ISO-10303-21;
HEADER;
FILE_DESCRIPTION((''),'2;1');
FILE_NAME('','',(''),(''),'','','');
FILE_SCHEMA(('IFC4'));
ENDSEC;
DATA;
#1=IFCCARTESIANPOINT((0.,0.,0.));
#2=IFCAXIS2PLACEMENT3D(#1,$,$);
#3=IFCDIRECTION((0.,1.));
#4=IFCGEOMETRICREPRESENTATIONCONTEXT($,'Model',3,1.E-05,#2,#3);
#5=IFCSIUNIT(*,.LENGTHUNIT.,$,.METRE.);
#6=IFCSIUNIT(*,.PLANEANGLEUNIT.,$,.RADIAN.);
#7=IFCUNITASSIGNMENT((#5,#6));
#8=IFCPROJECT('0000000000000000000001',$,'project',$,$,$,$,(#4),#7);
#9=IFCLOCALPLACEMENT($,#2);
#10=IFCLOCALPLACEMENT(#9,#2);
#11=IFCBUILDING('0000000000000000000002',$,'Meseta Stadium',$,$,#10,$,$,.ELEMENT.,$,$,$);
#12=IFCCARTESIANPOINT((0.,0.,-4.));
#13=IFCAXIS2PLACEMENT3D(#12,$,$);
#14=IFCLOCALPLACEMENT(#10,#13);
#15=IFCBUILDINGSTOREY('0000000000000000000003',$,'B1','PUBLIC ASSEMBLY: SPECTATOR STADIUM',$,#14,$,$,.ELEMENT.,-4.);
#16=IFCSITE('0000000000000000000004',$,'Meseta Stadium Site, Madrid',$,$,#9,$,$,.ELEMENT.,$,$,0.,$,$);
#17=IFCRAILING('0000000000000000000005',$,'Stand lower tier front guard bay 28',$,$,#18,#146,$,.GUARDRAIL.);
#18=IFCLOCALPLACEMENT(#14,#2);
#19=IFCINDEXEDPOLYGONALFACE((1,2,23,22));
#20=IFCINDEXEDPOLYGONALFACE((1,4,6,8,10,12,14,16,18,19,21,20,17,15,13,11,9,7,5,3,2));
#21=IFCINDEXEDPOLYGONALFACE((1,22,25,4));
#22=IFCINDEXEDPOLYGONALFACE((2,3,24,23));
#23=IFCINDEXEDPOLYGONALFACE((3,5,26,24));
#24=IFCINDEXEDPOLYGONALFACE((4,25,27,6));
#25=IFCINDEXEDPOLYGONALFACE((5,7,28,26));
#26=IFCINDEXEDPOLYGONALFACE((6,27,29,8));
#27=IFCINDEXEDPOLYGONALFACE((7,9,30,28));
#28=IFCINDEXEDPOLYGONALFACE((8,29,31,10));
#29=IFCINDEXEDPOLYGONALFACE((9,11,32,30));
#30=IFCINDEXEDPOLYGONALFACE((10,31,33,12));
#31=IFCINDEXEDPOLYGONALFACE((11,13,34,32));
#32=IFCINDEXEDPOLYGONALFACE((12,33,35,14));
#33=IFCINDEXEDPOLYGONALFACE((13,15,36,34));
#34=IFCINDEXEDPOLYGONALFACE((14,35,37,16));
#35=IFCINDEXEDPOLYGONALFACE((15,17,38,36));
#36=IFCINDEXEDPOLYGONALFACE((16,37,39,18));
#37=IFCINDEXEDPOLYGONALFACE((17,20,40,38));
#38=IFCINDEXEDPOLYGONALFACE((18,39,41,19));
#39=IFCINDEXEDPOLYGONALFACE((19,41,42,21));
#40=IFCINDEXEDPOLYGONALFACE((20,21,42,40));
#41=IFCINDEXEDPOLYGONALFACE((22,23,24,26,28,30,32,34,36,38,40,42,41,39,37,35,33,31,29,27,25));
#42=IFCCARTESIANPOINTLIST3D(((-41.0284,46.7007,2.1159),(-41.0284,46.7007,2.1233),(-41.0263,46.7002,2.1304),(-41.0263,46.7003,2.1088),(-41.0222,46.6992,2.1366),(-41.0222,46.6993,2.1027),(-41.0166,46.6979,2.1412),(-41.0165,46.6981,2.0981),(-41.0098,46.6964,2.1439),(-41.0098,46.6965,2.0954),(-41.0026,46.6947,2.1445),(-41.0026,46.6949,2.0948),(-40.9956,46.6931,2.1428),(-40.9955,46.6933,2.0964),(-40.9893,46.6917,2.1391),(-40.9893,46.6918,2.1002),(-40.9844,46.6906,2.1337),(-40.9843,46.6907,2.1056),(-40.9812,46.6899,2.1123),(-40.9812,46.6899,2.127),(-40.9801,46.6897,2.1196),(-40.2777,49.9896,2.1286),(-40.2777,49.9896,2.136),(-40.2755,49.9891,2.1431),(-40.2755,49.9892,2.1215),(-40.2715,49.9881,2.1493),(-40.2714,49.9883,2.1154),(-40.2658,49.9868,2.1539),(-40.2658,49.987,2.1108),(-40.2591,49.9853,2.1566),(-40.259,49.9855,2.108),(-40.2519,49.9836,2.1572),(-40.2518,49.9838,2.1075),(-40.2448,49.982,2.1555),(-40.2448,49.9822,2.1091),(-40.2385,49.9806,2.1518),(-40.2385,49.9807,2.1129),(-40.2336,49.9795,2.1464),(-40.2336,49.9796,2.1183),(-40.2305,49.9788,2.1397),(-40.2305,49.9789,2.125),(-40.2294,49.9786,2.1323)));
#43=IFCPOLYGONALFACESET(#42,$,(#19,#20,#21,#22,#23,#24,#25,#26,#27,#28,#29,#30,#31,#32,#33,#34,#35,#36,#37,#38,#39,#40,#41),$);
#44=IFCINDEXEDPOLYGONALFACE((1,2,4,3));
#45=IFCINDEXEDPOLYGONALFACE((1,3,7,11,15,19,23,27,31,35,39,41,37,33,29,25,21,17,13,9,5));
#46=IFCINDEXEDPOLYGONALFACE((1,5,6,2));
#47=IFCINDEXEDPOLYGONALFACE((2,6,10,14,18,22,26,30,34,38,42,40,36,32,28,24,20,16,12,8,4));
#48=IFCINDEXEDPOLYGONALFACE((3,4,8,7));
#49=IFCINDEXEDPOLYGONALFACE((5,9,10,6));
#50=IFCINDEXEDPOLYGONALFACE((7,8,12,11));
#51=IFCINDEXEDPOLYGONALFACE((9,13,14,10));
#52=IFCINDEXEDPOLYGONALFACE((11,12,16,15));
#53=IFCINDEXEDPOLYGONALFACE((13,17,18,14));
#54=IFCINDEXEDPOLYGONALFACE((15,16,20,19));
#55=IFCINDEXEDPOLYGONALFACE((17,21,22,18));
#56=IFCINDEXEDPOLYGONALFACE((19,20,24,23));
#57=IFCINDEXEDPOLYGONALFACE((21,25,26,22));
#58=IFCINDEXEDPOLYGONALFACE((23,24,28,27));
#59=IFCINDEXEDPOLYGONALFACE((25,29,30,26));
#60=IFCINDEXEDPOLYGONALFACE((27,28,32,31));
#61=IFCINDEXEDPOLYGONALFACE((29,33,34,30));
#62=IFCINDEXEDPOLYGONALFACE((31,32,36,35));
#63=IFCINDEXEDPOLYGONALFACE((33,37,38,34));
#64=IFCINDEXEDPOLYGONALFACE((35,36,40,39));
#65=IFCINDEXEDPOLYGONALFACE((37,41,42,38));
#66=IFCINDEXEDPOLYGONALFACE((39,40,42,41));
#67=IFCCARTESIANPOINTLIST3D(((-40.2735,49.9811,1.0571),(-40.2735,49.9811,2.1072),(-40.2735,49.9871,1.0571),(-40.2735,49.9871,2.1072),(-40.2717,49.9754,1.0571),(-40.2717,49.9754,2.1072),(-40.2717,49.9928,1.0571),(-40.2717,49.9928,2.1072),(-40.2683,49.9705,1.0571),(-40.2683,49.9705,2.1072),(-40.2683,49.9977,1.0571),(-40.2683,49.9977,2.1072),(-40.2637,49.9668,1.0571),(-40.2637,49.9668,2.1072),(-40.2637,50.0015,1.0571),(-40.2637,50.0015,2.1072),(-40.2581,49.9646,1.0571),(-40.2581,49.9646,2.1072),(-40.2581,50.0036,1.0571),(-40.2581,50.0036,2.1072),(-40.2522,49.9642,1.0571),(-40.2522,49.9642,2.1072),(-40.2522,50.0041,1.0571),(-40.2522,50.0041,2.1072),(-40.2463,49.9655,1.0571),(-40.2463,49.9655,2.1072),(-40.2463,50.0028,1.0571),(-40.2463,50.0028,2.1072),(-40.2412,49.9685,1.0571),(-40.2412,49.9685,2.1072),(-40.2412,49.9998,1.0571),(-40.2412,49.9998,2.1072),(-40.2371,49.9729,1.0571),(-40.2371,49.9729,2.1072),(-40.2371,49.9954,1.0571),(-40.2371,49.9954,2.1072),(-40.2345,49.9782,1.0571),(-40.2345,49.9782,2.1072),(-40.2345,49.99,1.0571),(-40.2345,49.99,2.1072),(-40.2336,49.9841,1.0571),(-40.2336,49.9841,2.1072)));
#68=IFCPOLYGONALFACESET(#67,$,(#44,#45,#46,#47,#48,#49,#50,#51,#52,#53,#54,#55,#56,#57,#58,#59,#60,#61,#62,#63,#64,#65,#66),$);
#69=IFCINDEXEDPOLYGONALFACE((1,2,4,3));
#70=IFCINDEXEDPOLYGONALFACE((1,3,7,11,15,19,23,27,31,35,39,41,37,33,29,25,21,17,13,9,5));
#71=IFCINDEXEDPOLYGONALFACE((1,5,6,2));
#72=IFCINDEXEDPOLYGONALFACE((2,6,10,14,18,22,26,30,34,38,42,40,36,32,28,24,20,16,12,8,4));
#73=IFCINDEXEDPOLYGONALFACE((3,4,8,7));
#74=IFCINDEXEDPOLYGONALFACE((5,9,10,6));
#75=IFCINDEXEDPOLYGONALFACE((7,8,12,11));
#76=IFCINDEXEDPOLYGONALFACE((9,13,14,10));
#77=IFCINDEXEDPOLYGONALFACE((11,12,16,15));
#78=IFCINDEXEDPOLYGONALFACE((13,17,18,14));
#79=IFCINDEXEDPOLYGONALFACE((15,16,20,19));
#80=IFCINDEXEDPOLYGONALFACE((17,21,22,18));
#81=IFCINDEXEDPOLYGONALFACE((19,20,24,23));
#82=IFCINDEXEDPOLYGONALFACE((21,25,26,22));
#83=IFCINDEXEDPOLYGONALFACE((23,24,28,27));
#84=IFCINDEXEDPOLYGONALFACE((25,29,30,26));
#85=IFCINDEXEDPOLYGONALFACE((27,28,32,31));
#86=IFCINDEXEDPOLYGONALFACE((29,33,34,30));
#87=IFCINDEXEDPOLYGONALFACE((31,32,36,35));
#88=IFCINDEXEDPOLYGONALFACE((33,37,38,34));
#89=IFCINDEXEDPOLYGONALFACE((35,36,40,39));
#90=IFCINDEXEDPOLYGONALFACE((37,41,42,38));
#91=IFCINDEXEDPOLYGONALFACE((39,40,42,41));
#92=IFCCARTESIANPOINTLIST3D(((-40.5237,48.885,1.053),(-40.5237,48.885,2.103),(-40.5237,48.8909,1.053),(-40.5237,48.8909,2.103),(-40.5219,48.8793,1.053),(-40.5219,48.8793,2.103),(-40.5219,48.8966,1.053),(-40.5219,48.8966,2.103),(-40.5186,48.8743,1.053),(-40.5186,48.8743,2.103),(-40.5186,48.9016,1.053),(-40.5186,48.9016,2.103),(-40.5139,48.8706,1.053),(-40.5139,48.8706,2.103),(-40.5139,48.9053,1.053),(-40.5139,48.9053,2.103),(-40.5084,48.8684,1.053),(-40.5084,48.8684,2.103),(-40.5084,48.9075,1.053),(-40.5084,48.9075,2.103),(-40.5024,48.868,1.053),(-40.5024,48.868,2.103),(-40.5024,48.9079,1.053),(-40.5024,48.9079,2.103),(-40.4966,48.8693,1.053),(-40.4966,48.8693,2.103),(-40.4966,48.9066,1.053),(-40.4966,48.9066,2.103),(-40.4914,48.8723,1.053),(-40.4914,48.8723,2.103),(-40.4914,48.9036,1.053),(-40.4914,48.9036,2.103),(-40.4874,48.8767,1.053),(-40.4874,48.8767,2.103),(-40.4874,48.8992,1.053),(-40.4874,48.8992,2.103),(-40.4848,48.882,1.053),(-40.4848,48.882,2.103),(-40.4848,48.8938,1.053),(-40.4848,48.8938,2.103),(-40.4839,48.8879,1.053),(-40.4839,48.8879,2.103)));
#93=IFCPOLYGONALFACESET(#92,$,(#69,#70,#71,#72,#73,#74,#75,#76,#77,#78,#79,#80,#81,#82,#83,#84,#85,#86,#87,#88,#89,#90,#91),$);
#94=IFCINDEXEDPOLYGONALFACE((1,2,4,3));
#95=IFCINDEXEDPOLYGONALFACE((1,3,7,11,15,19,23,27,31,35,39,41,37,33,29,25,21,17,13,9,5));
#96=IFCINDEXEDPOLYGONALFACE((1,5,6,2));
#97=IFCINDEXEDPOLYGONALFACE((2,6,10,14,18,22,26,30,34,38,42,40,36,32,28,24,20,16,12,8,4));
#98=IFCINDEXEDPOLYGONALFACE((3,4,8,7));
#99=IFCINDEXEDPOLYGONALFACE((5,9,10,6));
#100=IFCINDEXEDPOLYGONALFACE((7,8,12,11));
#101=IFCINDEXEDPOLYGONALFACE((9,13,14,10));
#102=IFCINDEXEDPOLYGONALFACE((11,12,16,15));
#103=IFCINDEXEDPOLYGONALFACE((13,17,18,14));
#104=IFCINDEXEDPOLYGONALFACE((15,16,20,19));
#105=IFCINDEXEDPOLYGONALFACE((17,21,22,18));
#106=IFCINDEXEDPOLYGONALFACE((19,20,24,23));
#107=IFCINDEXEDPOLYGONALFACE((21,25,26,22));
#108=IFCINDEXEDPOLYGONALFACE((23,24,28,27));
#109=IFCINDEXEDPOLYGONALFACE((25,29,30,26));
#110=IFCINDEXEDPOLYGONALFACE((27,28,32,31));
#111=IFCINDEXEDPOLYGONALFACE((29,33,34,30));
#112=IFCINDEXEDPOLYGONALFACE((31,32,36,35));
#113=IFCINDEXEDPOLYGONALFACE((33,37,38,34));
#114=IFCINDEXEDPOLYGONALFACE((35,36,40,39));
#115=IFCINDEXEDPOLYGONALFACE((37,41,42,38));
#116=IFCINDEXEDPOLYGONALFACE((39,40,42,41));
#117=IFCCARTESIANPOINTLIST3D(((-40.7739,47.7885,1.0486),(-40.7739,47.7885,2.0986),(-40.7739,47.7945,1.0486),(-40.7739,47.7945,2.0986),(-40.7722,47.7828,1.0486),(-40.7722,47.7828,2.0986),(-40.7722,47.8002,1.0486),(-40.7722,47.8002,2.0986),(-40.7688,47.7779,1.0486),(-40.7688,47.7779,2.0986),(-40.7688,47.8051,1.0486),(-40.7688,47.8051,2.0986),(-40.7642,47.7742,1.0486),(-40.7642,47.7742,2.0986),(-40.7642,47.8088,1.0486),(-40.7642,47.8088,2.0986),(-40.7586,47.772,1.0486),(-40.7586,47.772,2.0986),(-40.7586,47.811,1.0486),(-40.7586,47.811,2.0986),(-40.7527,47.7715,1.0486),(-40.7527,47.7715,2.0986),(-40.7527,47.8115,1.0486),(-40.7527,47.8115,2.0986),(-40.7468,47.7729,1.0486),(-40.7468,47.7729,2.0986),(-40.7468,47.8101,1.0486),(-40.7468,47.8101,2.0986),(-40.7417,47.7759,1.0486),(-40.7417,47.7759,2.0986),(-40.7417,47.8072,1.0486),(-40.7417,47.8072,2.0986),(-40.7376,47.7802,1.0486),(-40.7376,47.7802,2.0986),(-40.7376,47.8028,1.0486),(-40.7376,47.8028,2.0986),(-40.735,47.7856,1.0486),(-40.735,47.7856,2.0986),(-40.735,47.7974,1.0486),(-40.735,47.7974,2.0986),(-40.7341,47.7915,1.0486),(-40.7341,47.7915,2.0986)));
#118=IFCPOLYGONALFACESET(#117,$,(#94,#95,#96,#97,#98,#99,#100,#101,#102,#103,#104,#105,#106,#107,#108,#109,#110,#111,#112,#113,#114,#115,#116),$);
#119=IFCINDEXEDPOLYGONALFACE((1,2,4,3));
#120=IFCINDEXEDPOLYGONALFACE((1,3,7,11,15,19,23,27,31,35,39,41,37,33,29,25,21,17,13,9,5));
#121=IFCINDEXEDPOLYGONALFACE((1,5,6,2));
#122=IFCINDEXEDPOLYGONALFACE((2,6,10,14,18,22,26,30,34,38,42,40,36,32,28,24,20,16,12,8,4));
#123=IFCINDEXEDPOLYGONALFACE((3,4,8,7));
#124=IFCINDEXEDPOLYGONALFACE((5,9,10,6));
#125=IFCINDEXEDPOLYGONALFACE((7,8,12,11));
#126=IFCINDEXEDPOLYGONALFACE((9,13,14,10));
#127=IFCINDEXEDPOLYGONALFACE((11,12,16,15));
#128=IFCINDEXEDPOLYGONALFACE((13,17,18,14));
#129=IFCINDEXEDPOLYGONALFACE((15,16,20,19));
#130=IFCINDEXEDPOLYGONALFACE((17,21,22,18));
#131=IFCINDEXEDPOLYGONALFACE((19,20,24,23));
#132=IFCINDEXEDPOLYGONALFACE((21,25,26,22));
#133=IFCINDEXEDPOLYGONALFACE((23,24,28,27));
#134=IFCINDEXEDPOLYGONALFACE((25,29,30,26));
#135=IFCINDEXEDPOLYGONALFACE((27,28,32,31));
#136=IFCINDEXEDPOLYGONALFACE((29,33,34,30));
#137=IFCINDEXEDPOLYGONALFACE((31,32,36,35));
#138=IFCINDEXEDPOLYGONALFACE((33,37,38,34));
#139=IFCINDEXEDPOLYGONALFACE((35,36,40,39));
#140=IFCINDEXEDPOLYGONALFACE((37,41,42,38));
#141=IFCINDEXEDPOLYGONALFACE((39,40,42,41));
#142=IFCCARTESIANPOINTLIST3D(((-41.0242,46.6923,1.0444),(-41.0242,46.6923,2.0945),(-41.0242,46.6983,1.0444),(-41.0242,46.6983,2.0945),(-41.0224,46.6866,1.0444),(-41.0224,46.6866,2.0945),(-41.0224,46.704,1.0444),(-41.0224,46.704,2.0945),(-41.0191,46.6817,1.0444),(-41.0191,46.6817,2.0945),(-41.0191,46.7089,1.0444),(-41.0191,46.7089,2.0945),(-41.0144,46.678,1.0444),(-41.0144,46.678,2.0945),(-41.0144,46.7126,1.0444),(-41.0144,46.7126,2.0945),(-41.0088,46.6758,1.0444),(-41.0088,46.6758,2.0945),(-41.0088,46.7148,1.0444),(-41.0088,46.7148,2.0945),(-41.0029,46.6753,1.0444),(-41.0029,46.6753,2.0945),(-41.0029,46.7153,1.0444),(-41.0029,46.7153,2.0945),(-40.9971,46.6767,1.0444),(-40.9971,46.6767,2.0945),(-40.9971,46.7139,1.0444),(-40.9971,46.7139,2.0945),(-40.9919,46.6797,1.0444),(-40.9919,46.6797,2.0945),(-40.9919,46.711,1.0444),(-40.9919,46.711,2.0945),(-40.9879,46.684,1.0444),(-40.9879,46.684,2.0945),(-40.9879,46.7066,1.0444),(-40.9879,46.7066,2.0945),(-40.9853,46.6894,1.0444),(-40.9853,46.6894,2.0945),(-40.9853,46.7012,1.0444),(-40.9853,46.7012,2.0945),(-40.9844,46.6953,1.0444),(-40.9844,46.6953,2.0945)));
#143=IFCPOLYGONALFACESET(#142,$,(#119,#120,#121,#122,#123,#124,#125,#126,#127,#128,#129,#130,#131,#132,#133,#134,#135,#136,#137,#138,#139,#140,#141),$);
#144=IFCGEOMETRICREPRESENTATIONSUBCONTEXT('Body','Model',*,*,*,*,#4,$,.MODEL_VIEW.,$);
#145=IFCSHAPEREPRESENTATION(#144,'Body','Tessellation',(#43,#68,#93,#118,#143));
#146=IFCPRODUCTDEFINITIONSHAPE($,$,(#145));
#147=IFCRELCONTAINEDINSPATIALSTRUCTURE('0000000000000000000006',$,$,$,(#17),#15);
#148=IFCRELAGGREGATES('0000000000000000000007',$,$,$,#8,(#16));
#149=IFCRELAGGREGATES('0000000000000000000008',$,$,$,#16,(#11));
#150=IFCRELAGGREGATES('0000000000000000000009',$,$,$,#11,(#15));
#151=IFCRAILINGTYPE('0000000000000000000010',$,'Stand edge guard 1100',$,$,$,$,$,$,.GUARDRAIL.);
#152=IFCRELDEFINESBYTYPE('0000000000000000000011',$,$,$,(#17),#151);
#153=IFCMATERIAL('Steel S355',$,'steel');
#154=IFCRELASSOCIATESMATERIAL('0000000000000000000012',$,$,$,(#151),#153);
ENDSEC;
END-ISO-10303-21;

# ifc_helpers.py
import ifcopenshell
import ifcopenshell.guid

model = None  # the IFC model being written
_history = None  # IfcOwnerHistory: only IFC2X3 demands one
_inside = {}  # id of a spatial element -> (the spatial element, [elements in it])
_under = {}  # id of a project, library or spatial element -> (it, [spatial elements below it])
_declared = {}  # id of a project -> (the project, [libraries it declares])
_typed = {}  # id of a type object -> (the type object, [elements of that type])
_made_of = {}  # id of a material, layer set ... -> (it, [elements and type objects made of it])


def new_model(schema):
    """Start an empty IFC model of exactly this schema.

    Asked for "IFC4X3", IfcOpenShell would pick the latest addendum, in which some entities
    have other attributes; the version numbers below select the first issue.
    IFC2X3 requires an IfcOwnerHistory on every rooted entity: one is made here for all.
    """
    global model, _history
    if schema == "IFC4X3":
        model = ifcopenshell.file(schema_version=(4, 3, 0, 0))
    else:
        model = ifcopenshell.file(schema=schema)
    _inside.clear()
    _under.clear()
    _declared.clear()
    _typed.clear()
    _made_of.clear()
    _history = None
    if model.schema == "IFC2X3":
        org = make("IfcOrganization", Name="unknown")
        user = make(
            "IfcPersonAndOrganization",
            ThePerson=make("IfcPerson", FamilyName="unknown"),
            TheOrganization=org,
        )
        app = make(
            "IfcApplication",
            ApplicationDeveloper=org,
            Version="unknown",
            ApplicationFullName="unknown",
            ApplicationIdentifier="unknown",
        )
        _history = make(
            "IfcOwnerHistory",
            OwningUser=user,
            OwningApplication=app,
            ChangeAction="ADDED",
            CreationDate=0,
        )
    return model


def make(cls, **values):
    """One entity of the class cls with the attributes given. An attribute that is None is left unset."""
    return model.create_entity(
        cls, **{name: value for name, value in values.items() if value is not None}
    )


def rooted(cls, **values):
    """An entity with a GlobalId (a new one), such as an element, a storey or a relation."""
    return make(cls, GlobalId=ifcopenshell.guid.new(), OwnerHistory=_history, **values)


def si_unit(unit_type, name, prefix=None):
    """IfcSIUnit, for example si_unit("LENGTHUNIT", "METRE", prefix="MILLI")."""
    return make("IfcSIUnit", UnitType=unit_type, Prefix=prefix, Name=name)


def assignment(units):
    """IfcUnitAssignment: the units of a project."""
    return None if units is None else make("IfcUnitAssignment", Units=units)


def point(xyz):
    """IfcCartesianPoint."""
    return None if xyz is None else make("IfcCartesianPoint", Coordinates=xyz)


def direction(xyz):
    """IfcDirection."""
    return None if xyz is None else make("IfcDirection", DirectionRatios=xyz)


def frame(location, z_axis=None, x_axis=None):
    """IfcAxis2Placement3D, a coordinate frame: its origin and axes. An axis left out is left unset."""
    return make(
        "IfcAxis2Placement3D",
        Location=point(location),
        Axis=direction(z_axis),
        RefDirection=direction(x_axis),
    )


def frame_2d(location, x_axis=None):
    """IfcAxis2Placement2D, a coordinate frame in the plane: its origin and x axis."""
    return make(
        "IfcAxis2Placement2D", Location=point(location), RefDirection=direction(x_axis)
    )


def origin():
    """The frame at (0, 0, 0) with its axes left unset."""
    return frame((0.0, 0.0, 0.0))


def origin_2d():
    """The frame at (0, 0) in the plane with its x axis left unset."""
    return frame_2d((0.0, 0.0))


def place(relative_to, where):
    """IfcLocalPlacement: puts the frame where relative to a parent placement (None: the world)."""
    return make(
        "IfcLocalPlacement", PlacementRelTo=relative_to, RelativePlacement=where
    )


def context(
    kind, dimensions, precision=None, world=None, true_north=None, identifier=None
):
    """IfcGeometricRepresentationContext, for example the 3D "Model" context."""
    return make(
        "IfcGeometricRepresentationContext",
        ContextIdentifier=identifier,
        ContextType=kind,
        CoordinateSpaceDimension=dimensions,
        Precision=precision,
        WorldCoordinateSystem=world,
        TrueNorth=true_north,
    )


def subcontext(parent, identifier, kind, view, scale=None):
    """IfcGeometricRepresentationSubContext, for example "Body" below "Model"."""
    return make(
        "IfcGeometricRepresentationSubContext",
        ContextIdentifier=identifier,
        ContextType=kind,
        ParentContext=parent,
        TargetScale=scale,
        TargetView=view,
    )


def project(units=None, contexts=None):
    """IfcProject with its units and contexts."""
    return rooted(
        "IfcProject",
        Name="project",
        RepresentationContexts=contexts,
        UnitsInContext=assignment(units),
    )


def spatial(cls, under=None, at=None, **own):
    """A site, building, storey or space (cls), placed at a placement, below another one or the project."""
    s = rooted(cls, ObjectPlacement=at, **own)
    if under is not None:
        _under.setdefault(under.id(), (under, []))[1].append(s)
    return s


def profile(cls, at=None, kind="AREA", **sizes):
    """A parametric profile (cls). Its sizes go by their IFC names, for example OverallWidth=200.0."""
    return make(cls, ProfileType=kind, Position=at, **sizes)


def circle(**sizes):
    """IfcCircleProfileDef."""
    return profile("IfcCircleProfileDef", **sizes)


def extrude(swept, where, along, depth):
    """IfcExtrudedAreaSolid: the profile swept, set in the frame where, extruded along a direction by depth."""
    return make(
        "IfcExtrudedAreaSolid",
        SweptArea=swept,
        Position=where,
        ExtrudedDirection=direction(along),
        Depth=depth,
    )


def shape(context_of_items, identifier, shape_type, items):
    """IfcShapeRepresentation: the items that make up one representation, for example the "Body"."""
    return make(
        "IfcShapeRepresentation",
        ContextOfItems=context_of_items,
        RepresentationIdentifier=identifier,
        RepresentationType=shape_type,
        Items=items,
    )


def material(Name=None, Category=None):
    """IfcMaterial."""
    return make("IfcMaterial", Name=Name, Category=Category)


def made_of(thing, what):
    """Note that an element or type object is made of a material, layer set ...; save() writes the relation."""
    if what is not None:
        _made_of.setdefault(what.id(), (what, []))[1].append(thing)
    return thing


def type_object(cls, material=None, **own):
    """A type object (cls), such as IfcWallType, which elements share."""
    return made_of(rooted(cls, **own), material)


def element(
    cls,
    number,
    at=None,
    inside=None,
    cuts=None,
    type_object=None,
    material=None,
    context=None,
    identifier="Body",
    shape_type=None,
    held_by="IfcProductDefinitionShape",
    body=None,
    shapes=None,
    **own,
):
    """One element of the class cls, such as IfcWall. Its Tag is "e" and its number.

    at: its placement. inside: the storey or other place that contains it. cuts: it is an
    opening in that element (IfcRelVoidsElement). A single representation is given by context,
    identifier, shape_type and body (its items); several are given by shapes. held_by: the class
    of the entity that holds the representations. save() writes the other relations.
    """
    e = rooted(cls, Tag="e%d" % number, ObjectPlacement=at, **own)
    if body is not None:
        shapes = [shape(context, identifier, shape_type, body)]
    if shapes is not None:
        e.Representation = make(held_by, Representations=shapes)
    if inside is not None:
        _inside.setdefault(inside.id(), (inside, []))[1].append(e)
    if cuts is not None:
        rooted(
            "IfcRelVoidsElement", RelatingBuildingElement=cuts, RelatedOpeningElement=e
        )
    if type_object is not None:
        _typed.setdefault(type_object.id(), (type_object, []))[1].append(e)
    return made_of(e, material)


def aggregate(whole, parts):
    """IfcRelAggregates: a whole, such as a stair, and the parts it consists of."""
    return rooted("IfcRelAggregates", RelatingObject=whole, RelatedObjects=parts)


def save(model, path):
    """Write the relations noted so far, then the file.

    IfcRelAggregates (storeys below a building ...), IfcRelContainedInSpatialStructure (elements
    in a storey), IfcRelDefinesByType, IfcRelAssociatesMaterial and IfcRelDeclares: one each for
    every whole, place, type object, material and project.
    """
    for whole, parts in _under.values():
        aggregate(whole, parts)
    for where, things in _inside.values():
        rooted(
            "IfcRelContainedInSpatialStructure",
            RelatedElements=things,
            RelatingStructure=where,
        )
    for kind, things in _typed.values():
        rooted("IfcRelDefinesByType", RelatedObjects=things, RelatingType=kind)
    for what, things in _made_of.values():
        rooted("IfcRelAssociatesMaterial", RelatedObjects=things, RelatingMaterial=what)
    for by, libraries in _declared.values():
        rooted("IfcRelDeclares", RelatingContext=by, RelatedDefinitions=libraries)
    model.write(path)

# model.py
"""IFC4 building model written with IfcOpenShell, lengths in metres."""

from ifc_helpers import new_model, si_unit, direction, frame, origin, origin_2d, place, context, subcontext, project, spatial, circle, extrude, material, type_object, element, save


model = new_model("IFC4")

# Units and contexts
model_context = context("Model", 3, precision=1e-05, world=origin(), true_north=direction((0.0, 1.0)))
body_context = subcontext(model_context, "Body", "Model", "MODEL_VIEW")
ifc_project = project(units=[si_unit("LENGTHUNIT", "METRE"), si_unit("PLANEANGLEUNIT", "RADIAN")], contexts=[model_context])

# Site, building, storey
site_placement = place(None, origin())
site = spatial("IfcSite", under=ifc_project, at=site_placement, Name="Meseta Stadium Site, Madrid", CompositionType="ELEMENT", RefElevation=0.0)
building_placement = place(site_placement, origin())
building = spatial("IfcBuilding", under=site, at=building_placement, Name="Meseta Stadium", CompositionType="ELEMENT")
storey_placement = place(building_placement, frame((0.0, 0.0, -4.0)))
storey = spatial("IfcBuildingStorey", under=building, at=storey_placement, Name="B1", Description="PUBLIC ASSEMBLY: SPECTATOR STADIUM", CompositionType="ELEMENT", Elevation=-4.0)

# Railing
ifc_material_1 = material(Name="Steel S355", Category="steel")
railing_type = type_object("IfcRailingType", Name="Stand edge guard 1100", PredefinedType="GUARDRAIL", material=ifc_material_1)
railing_1_placement = place(storey_placement, frame((-40.2537, 49.9841, 1.0571)))
element("IfcRailing", 1, at=railing_1_placement, inside=storey, type_object=railing_type, Name="Stand lower tier front guard bay 28", PredefinedType="GUARDRAIL", context=body_context, shape_type="SweptSolid", body=[
    extrude(circle(Radius=0.0249, at=origin_2d()), frame((0.0, 0.0, 1.0752), z_axis=(-0.222542, -0.974916, -0.003763), x_axis=(0.974923, -0.222544, 0.0)), (0.0, 0.0, 1.0), 3.3735),
    extrude(circle(Radius=0.02, at=origin_2d()), origin(), (0.0, 0.0, 1.0), 1.05),
    extrude(circle(Radius=0.02, at=origin_2d()), frame((-0.2502, -1.0962, -0.0042)), (0.0, 0.0, 1.0), 1.05),
    extrude(circle(Radius=0.02, at=origin_2d()), frame((-0.5005, -2.1926, -0.0085)), (0.0, 0.0, 1.0), 1.05),
    extrude(circle(Radius=0.02, at=origin_2d()), frame((-0.7507, -3.2888, -0.0127)), (0.0, 0.0, 1.0), 1.05),
])

save(model, "model.ifc")
